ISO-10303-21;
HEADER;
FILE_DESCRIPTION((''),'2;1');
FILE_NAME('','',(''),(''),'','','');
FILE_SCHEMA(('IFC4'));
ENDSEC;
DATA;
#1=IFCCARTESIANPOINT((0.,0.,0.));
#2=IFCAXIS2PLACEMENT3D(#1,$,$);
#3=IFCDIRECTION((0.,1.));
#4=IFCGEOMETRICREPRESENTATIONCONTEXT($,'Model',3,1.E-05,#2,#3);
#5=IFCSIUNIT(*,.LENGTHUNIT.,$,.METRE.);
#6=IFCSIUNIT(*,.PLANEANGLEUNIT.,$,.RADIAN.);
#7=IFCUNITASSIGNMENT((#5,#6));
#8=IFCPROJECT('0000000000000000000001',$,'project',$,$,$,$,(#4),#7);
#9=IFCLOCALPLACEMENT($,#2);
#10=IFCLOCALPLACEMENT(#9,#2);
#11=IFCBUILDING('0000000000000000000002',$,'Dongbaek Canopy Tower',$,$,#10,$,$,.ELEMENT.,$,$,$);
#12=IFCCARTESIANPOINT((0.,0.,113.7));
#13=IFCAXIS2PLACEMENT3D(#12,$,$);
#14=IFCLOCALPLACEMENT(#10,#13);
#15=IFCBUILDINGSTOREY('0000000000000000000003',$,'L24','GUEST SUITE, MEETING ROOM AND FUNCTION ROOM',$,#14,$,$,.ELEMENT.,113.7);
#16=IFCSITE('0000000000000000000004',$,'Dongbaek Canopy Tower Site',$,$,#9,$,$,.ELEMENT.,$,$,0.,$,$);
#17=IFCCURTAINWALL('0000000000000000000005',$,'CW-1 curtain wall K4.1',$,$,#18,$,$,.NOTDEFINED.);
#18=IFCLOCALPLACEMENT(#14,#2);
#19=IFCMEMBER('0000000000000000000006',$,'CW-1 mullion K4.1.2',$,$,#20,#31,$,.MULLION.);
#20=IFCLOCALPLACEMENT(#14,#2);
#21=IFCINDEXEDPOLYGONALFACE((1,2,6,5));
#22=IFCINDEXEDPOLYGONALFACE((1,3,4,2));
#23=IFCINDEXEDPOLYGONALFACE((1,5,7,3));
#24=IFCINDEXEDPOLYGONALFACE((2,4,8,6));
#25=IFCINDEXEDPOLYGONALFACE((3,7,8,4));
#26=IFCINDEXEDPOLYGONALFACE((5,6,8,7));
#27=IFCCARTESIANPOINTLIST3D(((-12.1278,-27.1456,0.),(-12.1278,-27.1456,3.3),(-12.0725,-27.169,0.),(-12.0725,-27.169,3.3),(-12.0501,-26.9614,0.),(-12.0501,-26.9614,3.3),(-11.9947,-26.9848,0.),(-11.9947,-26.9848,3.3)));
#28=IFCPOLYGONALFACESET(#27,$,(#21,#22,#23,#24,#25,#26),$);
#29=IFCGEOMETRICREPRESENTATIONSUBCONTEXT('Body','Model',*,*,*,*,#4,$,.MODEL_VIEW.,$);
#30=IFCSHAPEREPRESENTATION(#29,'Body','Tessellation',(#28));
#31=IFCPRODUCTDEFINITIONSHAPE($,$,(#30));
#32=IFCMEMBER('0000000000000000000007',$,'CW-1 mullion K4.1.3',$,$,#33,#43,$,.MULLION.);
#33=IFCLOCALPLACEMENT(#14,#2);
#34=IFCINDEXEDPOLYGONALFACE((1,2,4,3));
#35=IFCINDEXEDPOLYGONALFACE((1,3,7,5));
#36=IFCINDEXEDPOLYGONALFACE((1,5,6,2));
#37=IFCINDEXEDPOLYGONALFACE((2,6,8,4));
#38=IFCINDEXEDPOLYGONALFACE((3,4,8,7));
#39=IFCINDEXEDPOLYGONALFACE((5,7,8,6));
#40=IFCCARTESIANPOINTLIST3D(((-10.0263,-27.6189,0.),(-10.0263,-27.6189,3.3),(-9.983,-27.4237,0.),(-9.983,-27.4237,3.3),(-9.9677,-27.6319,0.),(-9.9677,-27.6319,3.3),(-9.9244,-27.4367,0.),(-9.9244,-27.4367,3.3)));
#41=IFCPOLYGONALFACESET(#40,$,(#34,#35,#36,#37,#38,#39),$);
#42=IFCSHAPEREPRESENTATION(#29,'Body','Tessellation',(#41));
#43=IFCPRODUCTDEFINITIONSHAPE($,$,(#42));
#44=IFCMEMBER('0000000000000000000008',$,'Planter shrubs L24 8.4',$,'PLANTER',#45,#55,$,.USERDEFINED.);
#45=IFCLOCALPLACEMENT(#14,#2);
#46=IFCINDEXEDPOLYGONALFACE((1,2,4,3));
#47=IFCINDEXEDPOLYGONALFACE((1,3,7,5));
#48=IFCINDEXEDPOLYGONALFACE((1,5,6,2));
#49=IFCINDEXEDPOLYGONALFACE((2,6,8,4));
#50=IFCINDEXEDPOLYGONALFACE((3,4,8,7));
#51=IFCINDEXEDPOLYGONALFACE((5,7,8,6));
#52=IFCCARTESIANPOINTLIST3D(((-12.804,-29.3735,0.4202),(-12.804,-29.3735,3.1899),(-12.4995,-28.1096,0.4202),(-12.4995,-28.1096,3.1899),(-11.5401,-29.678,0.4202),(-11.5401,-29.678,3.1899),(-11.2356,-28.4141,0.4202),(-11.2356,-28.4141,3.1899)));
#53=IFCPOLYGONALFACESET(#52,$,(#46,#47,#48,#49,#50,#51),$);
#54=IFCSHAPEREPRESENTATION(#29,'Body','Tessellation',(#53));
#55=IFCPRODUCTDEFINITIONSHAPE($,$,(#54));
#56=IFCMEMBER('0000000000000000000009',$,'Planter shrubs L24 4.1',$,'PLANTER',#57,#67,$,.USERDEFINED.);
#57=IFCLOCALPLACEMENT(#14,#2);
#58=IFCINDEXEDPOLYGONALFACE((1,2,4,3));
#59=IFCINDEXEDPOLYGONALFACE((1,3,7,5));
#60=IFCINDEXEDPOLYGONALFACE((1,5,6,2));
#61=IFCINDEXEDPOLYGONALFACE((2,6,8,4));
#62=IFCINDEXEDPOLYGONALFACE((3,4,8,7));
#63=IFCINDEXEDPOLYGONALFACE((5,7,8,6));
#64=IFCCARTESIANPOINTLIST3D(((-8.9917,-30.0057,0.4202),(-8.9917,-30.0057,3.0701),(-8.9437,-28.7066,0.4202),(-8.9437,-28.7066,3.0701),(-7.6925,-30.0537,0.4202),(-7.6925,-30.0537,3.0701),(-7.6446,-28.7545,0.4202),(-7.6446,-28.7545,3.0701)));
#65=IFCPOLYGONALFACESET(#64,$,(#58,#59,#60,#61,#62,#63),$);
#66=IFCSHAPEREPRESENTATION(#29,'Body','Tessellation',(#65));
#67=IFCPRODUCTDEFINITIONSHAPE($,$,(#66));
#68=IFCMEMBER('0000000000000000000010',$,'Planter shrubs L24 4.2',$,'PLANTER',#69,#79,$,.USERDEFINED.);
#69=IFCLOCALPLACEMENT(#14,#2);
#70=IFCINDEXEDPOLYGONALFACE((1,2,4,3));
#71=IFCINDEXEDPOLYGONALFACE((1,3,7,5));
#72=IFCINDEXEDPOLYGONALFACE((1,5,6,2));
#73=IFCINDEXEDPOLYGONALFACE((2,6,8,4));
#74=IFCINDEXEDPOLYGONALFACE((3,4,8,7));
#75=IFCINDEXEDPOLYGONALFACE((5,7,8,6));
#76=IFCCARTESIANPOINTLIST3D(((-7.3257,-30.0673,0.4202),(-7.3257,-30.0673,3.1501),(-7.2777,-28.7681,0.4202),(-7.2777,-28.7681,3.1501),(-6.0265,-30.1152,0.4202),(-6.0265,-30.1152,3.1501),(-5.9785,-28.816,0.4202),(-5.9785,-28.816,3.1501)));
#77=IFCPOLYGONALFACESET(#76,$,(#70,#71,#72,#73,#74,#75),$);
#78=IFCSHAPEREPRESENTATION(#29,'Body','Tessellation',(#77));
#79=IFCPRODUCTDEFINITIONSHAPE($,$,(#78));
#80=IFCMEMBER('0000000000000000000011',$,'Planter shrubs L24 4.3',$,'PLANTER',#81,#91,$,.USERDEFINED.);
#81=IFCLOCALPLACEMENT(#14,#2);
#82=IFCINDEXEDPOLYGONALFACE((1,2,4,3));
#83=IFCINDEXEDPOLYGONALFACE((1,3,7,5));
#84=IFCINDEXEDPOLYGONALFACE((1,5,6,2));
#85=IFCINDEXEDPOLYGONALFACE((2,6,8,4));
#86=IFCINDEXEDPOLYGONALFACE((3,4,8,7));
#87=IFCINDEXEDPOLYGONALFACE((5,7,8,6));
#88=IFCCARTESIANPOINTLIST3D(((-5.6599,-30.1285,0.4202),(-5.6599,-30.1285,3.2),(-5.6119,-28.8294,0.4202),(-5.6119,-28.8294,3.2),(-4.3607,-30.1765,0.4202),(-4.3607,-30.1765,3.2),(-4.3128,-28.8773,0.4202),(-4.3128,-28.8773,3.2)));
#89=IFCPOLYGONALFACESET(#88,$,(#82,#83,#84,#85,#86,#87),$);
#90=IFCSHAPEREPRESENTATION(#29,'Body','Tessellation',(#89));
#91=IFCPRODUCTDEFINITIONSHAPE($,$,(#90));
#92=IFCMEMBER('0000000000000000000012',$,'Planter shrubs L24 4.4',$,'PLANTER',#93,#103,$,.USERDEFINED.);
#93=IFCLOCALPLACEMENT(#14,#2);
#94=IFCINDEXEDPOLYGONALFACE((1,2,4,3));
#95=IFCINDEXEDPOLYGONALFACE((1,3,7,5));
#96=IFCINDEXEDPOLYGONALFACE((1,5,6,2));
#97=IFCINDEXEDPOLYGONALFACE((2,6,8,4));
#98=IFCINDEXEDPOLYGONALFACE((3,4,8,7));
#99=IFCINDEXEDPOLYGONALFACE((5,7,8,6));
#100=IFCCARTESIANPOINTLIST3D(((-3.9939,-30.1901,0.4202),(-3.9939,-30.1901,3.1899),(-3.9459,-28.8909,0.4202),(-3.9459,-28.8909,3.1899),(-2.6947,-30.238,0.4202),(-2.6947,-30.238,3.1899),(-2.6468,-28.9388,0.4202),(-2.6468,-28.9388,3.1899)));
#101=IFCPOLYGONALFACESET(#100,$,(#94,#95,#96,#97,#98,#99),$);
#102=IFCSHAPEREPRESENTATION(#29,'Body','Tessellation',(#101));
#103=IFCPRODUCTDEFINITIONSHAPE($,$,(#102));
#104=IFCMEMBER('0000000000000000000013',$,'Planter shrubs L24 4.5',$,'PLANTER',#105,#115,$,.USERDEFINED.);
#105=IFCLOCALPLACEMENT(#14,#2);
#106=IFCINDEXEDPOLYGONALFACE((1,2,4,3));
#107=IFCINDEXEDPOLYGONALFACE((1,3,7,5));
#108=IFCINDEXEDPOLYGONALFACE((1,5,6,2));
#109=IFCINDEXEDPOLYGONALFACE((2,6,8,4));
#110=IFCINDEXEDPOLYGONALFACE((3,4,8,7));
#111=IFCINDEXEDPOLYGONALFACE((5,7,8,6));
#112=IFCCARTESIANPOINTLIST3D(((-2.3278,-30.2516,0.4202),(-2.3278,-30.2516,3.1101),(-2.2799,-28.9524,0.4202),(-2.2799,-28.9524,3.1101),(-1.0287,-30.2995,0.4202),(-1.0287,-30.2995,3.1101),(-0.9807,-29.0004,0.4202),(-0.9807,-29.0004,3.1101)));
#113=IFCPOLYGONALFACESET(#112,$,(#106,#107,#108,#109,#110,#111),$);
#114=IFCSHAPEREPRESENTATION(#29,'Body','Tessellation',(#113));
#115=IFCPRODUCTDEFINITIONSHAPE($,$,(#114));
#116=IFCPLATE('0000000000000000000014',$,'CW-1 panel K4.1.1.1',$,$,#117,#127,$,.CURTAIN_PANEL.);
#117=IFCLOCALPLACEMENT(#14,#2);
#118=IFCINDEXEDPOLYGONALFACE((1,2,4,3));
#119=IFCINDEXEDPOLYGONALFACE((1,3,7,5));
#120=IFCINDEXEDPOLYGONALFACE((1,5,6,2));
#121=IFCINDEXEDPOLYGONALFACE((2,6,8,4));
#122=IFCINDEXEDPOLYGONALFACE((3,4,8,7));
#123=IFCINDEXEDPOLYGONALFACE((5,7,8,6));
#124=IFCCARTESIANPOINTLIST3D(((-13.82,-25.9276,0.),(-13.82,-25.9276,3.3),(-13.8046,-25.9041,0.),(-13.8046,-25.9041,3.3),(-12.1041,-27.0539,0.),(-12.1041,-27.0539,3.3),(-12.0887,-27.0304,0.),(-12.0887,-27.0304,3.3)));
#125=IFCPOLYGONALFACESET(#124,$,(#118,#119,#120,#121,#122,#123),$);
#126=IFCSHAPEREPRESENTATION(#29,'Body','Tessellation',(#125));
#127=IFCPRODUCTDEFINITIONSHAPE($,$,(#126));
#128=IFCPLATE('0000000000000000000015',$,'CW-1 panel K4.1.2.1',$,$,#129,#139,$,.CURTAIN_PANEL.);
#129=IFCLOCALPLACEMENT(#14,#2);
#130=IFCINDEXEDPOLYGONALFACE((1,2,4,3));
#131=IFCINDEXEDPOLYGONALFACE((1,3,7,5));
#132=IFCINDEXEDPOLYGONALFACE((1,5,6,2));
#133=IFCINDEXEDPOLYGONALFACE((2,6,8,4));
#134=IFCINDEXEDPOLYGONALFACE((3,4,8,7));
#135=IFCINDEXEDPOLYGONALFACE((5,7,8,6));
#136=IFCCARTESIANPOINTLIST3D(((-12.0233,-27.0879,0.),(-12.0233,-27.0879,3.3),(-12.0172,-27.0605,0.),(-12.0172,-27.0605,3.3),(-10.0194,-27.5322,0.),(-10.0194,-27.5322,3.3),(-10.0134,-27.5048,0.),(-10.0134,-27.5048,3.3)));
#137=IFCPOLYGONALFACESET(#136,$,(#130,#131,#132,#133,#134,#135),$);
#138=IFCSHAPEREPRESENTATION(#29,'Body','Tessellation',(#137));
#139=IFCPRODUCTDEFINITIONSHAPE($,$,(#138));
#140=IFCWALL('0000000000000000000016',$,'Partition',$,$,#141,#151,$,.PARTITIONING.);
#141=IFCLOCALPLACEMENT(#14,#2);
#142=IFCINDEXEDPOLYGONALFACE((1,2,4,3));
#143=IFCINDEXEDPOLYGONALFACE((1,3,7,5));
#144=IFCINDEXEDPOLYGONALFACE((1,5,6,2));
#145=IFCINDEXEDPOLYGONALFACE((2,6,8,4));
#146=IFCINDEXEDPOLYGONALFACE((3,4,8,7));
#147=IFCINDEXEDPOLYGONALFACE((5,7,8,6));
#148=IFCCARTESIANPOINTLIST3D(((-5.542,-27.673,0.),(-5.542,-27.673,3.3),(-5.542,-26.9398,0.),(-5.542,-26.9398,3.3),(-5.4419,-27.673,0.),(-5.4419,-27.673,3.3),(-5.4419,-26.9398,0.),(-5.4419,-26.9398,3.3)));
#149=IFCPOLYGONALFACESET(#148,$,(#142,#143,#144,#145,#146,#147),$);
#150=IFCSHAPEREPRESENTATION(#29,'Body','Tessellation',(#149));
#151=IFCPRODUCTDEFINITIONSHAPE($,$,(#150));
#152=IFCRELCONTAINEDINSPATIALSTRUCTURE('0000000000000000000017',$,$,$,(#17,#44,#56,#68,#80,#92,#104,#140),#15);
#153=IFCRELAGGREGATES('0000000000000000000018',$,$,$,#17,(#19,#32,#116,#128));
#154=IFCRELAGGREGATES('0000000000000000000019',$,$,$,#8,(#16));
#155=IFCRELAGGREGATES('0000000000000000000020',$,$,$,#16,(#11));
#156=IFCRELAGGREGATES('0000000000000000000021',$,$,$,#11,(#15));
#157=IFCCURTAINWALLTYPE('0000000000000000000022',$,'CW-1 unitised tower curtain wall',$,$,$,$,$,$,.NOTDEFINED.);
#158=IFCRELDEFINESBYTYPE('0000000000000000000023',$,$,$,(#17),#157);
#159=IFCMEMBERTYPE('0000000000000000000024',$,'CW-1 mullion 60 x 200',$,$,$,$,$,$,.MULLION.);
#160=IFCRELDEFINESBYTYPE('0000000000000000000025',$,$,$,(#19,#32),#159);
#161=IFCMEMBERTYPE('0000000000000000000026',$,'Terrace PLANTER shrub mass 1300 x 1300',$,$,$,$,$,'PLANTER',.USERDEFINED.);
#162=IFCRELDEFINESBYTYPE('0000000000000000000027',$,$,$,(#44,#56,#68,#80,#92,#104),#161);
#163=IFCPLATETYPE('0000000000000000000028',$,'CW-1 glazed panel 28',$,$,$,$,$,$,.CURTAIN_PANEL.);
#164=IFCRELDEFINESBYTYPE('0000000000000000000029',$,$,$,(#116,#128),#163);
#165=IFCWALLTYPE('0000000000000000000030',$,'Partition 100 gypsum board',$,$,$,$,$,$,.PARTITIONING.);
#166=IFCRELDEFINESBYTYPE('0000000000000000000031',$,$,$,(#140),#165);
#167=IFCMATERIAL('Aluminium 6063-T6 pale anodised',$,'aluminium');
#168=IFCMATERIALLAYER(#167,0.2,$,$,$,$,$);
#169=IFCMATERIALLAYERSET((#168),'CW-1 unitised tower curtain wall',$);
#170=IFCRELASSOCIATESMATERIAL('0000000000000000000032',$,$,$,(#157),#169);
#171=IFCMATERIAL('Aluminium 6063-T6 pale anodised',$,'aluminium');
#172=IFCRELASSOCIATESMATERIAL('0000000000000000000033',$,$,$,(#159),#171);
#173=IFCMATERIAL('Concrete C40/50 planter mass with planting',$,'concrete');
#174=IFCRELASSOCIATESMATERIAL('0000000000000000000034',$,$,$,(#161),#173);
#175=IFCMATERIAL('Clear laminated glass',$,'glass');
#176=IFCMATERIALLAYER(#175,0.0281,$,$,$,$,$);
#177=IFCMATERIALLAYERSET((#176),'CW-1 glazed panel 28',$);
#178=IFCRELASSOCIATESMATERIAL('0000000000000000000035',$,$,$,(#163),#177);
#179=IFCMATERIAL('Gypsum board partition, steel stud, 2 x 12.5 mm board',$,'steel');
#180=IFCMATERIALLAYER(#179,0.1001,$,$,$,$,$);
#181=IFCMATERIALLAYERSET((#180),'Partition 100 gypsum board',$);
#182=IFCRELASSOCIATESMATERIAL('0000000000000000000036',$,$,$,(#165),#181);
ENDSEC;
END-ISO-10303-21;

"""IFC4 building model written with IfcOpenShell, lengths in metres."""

from ifc_helpers import new_model, si_unit, direction, frame, frame_2d, origin, origin_2d, place, context, subcontext, project, spatial, rectangle, extrude, material, layer, layer_set, material_profile, profile_set, type_object, element, aggregate, save


model = new_model("IFC4")

# Units and contexts
model_context = context("Model", 3, precision=1e-05, world=origin(), true_north=direction((0.0, 1.0)))
body_context = subcontext(model_context, "Body", "Model", "MODEL_VIEW")
ifc_project = project(units=[si_unit("LENGTHUNIT", "METRE"), si_unit("PLANEANGLEUNIT", "RADIAN")], contexts=[model_context])

# Site, building, storey
site_placement = place(None, origin())
site = spatial("IfcSite", under=ifc_project, at=site_placement, Name="Dongbaek Canopy Tower Site", CompositionType="ELEMENT", RefElevation=0.0)
building_placement = place(site_placement, origin())
building = spatial("IfcBuilding", under=site, at=building_placement, Name="Dongbaek Canopy Tower", CompositionType="ELEMENT")
storey_placement = place(building_placement, frame((0.0, 0.0, 113.7)))
storey = spatial("IfcBuildingStorey", under=building, at=storey_placement, Name="L24", Description="GUEST SUITE, MEETING ROOM AND FUNCTION ROOM", CompositionType="ELEMENT", Elevation=113.7)

# Curtain wall, members
ifc_material_1 = material(Name="Aluminium 6063-T6 pale anodised", Category="aluminium")
ifc_layer_1 = layer(ifc_material_1, 0.2)
ifc_layer_set_1 = layer_set([ifc_layer_1], Name="CW-1 unitised tower curtain wall")
curtain_wall_type = type_object("IfcCurtainWallType", Name="CW-1 unitised tower curtain wall", PredefinedType="NOTDEFINED", material=ifc_layer_set_1)
curtain_wall_placement = place(storey_placement, origin())
curtain_wall = element("IfcCurtainWall", 1, at=curtain_wall_placement, inside=storey, type_object=curtain_wall_type, Name="CW-1 curtain wall K4.1", PredefinedType="NOTDEFINED")
ifc_material_2 = material(Name="Aluminium 6063-T6 pale anodised", Category="aluminium")
ifc_material_profile_1 = material_profile(ifc_material_2, rectangle(XDim=0.2, YDim=0.0601, at=origin_2d()), Name="CW-1 mullion 60 x 200")
ifc_profile_set_1 = profile_set([ifc_material_profile_1], Name="Aluminium 6063-T6 pale anodised")
member_type_1 = type_object("IfcMemberType", Name="CW-1 mullion 60 x 200", PredefinedType="MULLION", material=ifc_profile_set_1)
member_1_placement = place(storey_placement, frame((-12.0613, -27.0652, 0.0), z_axis=(0.0, 0.0, 1.0), x_axis=(-0.388975, -0.921248, 0.0)))
member_1 = element("IfcMember", 2, at=member_1_placement, type_object=member_type_1, Name="CW-1 mullion K4.1.2", PredefinedType="MULLION", context=body_context, shape_type="SweptSolid", body=[
    extrude(rectangle(XDim=0.2, YDim=0.0601, at=origin_2d()), origin(), (0.0, 0.0, 1.0), 3.3),
])
member_2_placement = place(storey_placement, frame((-9.9753, -27.5278, 0.0), z_axis=(0.0, 0.0, 1.0), x_axis=(-0.216472, -0.976289, 0.0)))
member_2 = element("IfcMember", 3, at=member_2_placement, type_object=member_type_1, Name="CW-1 mullion K4.1.3", PredefinedType="MULLION", context=body_context, shape_type="SweptSolid", body=[
    extrude(rectangle(XDim=0.2, YDim=0.0601, at=origin_2d()), origin(), (0.0, 0.0, 1.0), 3.3),
])

# Members
ifc_material_3 = material(Name="Concrete C40/50 planter mass with planting", Category="concrete")
ifc_material_profile_2 = material_profile(ifc_material_3, rectangle(XDim=1.3, YDim=1.3, at=origin_2d()), Name="Terrace PLANTER shrub mass 1300 x 1300")
ifc_profile_set_2 = profile_set([ifc_material_profile_2], Name="Concrete C40/50 planter mass with planting")
member_type_2 = type_object("IfcMemberType", Name="Terrace PLANTER shrub mass 1300 x 1300", ElementType="PLANTER", PredefinedType="USERDEFINED", material=ifc_profile_set_2)
member_3_placement = place(storey_placement, frame((-12.0198, -28.8938, 0.4202), z_axis=(0.0, 0.0, 1.0), x_axis=(-0.234243, -0.972178, 0.0)))
element("IfcMember", 4, at=member_3_placement, inside=storey, type_object=member_type_2, Name="Planter shrubs L24 8.4", ObjectType="PLANTER", PredefinedType="USERDEFINED", context=body_context, shape_type="SweptSolid", body=[
    extrude(rectangle(XDim=1.3, YDim=1.3, at=origin_2d()), origin(), (0.0, 0.0, 1.0), 2.7698),
])
member_4_placement = place(storey_placement, frame((-8.3181, -29.3801, 0.4202), z_axis=(0.0, 0.0, 1.0), x_axis=(-0.036873, -0.99932, 0.0)))
element("IfcMember", 5, at=member_4_placement, inside=storey, type_object=member_type_2, Name="Planter shrubs L24 4.1", ObjectType="PLANTER", PredefinedType="USERDEFINED", context=body_context, shape_type="SweptSolid", body=[
    extrude(rectangle(XDim=1.3, YDim=1.3, at=origin_2d()), origin(), (0.0, 0.0, 1.0), 2.6499),
])
member_5_placement = place(storey_placement, frame((-6.6521, -29.4417, 0.4202), z_axis=(0.0, 0.0, 1.0), x_axis=(-0.036873, -0.99932, 0.0)))
element("IfcMember", 6, at=member_5_placement, inside=storey, type_object=member_type_2, Name="Planter shrubs L24 4.2", ObjectType="PLANTER", PredefinedType="USERDEFINED", context=body_context, shape_type="SweptSolid", body=[
    extrude(rectangle(XDim=1.3, YDim=1.3, at=origin_2d()), origin(), (0.0, 0.0, 1.0), 2.73),
])
member_6_placement = place(storey_placement, frame((-4.9863, -29.5029, 0.4202), z_axis=(0.0, 0.0, 1.0), x_axis=(-0.036873, -0.99932, 0.0)))
element("IfcMember", 7, at=member_6_placement, inside=storey, type_object=member_type_2, Name="Planter shrubs L24 4.3", ObjectType="PLANTER", PredefinedType="USERDEFINED", context=body_context, shape_type="SweptSolid", body=[
    extrude(rectangle(XDim=1.3, YDim=1.3, at=origin_2d()), origin(), (0.0, 0.0, 1.0), 2.7798),
])
member_7_placement = place(storey_placement, frame((-3.3203, -29.5645, 0.4202), z_axis=(0.0, 0.0, 1.0), x_axis=(-0.036873, -0.99932, 0.0)))
element("IfcMember", 8, at=member_7_placement, inside=storey, type_object=member_type_2, Name="Planter shrubs L24 4.4", ObjectType="PLANTER", PredefinedType="USERDEFINED", context=body_context, shape_type="SweptSolid", body=[
    extrude(rectangle(XDim=1.3, YDim=1.3, at=origin_2d()), origin(), (0.0, 0.0, 1.0), 2.7698),
])
member_8_placement = place(storey_placement, frame((-1.6543, -29.626, 0.4202), z_axis=(0.0, 0.0, 1.0), x_axis=(-0.036873, -0.99932, 0.0)))
element("IfcMember", 9, at=member_8_placement, inside=storey, type_object=member_type_2, Name="Planter shrubs L24 4.5", ObjectType="PLANTER", PredefinedType="USERDEFINED", context=body_context, shape_type="SweptSolid", body=[
    extrude(rectangle(XDim=1.3, YDim=1.3, at=origin_2d()), origin(), (0.0, 0.0, 1.0), 2.6899),
])

# Plates
ifc_material_4 = material(Name="Clear laminated glass", Category="glass")
ifc_layer_2 = layer(ifc_material_4, 0.0281)
ifc_layer_set_2 = layer_set([ifc_layer_2], Name="CW-1 glazed panel 28")
plate_type = type_object("IfcPlateType", Name="CW-1 glazed panel 28", PredefinedType="CURTAIN_PANEL", material=ifc_layer_set_2)
plate_1_placement = place(storey_placement, frame((-12.9543, -26.479, 0.0), z_axis=(0.0, 0.0, 1.0), x_axis=(0.836004, -0.548724, 0.0)))
plate_1 = element("IfcPlate", 10, at=plate_1_placement, type_object=plate_type, Name="CW-1 panel K4.1.1.1", PredefinedType="CURTAIN_PANEL", context=body_context, shape_type="SweptSolid", body=[
    extrude(rectangle(XDim=2.0525, YDim=0.0281, at=origin_2d()), origin(), (0.0, 0.0, 1.0), 3.3),
])
plate_2_placement = place(storey_placement, frame((-11.0183, -27.2964, 0.0), z_axis=(0.0, 0.0, 1.0), x_axis=(0.976289, -0.216472, 0.0)))
plate_2 = element("IfcPlate", 11, at=plate_2_placement, type_object=plate_type, Name="CW-1 panel K4.1.2.1", PredefinedType="CURTAIN_PANEL", context=body_context, shape_type="SweptSolid", body=[
    extrude(rectangle(XDim=2.0525, YDim=0.0281, at=origin_2d()), origin(), (0.0, 0.0, 1.0), 3.3),
])
aggregate(curtain_wall, [member_1, member_2, plate_1, plate_2])

# Wall
ifc_material_5 = material(Name="Gypsum board partition, steel stud, 2 x 12.5 mm board", Category="steel")
ifc_layer_3 = layer(ifc_material_5, 0.1001)
ifc_layer_set_3 = layer_set([ifc_layer_3], Name="Partition 100 gypsum board")
wall_type_1 = type_object("IfcWallType", Name="Partition 100 gypsum board", PredefinedType="PARTITIONING", material=ifc_layer_set_3)
wall_1_placement = place(storey_placement, frame((-5.4919, -27.6731, 0.0), z_axis=(0.0, 0.0, 1.0), x_axis=(0.0, 1.0, 0.0)))
element("IfcWall", 12, at=wall_1_placement, inside=storey, type_object=wall_type_1, Name="Partition", PredefinedType="PARTITIONING", context=body_context, shape_type="SweptSolid", body=[
    extrude(rectangle(XDim=0.7332, YDim=0.1001, at=frame_2d((0.3667, 0.0))), origin(), (0.0, 0.0, 1.0), 3.3),
])

save(model, "model.ifc")
